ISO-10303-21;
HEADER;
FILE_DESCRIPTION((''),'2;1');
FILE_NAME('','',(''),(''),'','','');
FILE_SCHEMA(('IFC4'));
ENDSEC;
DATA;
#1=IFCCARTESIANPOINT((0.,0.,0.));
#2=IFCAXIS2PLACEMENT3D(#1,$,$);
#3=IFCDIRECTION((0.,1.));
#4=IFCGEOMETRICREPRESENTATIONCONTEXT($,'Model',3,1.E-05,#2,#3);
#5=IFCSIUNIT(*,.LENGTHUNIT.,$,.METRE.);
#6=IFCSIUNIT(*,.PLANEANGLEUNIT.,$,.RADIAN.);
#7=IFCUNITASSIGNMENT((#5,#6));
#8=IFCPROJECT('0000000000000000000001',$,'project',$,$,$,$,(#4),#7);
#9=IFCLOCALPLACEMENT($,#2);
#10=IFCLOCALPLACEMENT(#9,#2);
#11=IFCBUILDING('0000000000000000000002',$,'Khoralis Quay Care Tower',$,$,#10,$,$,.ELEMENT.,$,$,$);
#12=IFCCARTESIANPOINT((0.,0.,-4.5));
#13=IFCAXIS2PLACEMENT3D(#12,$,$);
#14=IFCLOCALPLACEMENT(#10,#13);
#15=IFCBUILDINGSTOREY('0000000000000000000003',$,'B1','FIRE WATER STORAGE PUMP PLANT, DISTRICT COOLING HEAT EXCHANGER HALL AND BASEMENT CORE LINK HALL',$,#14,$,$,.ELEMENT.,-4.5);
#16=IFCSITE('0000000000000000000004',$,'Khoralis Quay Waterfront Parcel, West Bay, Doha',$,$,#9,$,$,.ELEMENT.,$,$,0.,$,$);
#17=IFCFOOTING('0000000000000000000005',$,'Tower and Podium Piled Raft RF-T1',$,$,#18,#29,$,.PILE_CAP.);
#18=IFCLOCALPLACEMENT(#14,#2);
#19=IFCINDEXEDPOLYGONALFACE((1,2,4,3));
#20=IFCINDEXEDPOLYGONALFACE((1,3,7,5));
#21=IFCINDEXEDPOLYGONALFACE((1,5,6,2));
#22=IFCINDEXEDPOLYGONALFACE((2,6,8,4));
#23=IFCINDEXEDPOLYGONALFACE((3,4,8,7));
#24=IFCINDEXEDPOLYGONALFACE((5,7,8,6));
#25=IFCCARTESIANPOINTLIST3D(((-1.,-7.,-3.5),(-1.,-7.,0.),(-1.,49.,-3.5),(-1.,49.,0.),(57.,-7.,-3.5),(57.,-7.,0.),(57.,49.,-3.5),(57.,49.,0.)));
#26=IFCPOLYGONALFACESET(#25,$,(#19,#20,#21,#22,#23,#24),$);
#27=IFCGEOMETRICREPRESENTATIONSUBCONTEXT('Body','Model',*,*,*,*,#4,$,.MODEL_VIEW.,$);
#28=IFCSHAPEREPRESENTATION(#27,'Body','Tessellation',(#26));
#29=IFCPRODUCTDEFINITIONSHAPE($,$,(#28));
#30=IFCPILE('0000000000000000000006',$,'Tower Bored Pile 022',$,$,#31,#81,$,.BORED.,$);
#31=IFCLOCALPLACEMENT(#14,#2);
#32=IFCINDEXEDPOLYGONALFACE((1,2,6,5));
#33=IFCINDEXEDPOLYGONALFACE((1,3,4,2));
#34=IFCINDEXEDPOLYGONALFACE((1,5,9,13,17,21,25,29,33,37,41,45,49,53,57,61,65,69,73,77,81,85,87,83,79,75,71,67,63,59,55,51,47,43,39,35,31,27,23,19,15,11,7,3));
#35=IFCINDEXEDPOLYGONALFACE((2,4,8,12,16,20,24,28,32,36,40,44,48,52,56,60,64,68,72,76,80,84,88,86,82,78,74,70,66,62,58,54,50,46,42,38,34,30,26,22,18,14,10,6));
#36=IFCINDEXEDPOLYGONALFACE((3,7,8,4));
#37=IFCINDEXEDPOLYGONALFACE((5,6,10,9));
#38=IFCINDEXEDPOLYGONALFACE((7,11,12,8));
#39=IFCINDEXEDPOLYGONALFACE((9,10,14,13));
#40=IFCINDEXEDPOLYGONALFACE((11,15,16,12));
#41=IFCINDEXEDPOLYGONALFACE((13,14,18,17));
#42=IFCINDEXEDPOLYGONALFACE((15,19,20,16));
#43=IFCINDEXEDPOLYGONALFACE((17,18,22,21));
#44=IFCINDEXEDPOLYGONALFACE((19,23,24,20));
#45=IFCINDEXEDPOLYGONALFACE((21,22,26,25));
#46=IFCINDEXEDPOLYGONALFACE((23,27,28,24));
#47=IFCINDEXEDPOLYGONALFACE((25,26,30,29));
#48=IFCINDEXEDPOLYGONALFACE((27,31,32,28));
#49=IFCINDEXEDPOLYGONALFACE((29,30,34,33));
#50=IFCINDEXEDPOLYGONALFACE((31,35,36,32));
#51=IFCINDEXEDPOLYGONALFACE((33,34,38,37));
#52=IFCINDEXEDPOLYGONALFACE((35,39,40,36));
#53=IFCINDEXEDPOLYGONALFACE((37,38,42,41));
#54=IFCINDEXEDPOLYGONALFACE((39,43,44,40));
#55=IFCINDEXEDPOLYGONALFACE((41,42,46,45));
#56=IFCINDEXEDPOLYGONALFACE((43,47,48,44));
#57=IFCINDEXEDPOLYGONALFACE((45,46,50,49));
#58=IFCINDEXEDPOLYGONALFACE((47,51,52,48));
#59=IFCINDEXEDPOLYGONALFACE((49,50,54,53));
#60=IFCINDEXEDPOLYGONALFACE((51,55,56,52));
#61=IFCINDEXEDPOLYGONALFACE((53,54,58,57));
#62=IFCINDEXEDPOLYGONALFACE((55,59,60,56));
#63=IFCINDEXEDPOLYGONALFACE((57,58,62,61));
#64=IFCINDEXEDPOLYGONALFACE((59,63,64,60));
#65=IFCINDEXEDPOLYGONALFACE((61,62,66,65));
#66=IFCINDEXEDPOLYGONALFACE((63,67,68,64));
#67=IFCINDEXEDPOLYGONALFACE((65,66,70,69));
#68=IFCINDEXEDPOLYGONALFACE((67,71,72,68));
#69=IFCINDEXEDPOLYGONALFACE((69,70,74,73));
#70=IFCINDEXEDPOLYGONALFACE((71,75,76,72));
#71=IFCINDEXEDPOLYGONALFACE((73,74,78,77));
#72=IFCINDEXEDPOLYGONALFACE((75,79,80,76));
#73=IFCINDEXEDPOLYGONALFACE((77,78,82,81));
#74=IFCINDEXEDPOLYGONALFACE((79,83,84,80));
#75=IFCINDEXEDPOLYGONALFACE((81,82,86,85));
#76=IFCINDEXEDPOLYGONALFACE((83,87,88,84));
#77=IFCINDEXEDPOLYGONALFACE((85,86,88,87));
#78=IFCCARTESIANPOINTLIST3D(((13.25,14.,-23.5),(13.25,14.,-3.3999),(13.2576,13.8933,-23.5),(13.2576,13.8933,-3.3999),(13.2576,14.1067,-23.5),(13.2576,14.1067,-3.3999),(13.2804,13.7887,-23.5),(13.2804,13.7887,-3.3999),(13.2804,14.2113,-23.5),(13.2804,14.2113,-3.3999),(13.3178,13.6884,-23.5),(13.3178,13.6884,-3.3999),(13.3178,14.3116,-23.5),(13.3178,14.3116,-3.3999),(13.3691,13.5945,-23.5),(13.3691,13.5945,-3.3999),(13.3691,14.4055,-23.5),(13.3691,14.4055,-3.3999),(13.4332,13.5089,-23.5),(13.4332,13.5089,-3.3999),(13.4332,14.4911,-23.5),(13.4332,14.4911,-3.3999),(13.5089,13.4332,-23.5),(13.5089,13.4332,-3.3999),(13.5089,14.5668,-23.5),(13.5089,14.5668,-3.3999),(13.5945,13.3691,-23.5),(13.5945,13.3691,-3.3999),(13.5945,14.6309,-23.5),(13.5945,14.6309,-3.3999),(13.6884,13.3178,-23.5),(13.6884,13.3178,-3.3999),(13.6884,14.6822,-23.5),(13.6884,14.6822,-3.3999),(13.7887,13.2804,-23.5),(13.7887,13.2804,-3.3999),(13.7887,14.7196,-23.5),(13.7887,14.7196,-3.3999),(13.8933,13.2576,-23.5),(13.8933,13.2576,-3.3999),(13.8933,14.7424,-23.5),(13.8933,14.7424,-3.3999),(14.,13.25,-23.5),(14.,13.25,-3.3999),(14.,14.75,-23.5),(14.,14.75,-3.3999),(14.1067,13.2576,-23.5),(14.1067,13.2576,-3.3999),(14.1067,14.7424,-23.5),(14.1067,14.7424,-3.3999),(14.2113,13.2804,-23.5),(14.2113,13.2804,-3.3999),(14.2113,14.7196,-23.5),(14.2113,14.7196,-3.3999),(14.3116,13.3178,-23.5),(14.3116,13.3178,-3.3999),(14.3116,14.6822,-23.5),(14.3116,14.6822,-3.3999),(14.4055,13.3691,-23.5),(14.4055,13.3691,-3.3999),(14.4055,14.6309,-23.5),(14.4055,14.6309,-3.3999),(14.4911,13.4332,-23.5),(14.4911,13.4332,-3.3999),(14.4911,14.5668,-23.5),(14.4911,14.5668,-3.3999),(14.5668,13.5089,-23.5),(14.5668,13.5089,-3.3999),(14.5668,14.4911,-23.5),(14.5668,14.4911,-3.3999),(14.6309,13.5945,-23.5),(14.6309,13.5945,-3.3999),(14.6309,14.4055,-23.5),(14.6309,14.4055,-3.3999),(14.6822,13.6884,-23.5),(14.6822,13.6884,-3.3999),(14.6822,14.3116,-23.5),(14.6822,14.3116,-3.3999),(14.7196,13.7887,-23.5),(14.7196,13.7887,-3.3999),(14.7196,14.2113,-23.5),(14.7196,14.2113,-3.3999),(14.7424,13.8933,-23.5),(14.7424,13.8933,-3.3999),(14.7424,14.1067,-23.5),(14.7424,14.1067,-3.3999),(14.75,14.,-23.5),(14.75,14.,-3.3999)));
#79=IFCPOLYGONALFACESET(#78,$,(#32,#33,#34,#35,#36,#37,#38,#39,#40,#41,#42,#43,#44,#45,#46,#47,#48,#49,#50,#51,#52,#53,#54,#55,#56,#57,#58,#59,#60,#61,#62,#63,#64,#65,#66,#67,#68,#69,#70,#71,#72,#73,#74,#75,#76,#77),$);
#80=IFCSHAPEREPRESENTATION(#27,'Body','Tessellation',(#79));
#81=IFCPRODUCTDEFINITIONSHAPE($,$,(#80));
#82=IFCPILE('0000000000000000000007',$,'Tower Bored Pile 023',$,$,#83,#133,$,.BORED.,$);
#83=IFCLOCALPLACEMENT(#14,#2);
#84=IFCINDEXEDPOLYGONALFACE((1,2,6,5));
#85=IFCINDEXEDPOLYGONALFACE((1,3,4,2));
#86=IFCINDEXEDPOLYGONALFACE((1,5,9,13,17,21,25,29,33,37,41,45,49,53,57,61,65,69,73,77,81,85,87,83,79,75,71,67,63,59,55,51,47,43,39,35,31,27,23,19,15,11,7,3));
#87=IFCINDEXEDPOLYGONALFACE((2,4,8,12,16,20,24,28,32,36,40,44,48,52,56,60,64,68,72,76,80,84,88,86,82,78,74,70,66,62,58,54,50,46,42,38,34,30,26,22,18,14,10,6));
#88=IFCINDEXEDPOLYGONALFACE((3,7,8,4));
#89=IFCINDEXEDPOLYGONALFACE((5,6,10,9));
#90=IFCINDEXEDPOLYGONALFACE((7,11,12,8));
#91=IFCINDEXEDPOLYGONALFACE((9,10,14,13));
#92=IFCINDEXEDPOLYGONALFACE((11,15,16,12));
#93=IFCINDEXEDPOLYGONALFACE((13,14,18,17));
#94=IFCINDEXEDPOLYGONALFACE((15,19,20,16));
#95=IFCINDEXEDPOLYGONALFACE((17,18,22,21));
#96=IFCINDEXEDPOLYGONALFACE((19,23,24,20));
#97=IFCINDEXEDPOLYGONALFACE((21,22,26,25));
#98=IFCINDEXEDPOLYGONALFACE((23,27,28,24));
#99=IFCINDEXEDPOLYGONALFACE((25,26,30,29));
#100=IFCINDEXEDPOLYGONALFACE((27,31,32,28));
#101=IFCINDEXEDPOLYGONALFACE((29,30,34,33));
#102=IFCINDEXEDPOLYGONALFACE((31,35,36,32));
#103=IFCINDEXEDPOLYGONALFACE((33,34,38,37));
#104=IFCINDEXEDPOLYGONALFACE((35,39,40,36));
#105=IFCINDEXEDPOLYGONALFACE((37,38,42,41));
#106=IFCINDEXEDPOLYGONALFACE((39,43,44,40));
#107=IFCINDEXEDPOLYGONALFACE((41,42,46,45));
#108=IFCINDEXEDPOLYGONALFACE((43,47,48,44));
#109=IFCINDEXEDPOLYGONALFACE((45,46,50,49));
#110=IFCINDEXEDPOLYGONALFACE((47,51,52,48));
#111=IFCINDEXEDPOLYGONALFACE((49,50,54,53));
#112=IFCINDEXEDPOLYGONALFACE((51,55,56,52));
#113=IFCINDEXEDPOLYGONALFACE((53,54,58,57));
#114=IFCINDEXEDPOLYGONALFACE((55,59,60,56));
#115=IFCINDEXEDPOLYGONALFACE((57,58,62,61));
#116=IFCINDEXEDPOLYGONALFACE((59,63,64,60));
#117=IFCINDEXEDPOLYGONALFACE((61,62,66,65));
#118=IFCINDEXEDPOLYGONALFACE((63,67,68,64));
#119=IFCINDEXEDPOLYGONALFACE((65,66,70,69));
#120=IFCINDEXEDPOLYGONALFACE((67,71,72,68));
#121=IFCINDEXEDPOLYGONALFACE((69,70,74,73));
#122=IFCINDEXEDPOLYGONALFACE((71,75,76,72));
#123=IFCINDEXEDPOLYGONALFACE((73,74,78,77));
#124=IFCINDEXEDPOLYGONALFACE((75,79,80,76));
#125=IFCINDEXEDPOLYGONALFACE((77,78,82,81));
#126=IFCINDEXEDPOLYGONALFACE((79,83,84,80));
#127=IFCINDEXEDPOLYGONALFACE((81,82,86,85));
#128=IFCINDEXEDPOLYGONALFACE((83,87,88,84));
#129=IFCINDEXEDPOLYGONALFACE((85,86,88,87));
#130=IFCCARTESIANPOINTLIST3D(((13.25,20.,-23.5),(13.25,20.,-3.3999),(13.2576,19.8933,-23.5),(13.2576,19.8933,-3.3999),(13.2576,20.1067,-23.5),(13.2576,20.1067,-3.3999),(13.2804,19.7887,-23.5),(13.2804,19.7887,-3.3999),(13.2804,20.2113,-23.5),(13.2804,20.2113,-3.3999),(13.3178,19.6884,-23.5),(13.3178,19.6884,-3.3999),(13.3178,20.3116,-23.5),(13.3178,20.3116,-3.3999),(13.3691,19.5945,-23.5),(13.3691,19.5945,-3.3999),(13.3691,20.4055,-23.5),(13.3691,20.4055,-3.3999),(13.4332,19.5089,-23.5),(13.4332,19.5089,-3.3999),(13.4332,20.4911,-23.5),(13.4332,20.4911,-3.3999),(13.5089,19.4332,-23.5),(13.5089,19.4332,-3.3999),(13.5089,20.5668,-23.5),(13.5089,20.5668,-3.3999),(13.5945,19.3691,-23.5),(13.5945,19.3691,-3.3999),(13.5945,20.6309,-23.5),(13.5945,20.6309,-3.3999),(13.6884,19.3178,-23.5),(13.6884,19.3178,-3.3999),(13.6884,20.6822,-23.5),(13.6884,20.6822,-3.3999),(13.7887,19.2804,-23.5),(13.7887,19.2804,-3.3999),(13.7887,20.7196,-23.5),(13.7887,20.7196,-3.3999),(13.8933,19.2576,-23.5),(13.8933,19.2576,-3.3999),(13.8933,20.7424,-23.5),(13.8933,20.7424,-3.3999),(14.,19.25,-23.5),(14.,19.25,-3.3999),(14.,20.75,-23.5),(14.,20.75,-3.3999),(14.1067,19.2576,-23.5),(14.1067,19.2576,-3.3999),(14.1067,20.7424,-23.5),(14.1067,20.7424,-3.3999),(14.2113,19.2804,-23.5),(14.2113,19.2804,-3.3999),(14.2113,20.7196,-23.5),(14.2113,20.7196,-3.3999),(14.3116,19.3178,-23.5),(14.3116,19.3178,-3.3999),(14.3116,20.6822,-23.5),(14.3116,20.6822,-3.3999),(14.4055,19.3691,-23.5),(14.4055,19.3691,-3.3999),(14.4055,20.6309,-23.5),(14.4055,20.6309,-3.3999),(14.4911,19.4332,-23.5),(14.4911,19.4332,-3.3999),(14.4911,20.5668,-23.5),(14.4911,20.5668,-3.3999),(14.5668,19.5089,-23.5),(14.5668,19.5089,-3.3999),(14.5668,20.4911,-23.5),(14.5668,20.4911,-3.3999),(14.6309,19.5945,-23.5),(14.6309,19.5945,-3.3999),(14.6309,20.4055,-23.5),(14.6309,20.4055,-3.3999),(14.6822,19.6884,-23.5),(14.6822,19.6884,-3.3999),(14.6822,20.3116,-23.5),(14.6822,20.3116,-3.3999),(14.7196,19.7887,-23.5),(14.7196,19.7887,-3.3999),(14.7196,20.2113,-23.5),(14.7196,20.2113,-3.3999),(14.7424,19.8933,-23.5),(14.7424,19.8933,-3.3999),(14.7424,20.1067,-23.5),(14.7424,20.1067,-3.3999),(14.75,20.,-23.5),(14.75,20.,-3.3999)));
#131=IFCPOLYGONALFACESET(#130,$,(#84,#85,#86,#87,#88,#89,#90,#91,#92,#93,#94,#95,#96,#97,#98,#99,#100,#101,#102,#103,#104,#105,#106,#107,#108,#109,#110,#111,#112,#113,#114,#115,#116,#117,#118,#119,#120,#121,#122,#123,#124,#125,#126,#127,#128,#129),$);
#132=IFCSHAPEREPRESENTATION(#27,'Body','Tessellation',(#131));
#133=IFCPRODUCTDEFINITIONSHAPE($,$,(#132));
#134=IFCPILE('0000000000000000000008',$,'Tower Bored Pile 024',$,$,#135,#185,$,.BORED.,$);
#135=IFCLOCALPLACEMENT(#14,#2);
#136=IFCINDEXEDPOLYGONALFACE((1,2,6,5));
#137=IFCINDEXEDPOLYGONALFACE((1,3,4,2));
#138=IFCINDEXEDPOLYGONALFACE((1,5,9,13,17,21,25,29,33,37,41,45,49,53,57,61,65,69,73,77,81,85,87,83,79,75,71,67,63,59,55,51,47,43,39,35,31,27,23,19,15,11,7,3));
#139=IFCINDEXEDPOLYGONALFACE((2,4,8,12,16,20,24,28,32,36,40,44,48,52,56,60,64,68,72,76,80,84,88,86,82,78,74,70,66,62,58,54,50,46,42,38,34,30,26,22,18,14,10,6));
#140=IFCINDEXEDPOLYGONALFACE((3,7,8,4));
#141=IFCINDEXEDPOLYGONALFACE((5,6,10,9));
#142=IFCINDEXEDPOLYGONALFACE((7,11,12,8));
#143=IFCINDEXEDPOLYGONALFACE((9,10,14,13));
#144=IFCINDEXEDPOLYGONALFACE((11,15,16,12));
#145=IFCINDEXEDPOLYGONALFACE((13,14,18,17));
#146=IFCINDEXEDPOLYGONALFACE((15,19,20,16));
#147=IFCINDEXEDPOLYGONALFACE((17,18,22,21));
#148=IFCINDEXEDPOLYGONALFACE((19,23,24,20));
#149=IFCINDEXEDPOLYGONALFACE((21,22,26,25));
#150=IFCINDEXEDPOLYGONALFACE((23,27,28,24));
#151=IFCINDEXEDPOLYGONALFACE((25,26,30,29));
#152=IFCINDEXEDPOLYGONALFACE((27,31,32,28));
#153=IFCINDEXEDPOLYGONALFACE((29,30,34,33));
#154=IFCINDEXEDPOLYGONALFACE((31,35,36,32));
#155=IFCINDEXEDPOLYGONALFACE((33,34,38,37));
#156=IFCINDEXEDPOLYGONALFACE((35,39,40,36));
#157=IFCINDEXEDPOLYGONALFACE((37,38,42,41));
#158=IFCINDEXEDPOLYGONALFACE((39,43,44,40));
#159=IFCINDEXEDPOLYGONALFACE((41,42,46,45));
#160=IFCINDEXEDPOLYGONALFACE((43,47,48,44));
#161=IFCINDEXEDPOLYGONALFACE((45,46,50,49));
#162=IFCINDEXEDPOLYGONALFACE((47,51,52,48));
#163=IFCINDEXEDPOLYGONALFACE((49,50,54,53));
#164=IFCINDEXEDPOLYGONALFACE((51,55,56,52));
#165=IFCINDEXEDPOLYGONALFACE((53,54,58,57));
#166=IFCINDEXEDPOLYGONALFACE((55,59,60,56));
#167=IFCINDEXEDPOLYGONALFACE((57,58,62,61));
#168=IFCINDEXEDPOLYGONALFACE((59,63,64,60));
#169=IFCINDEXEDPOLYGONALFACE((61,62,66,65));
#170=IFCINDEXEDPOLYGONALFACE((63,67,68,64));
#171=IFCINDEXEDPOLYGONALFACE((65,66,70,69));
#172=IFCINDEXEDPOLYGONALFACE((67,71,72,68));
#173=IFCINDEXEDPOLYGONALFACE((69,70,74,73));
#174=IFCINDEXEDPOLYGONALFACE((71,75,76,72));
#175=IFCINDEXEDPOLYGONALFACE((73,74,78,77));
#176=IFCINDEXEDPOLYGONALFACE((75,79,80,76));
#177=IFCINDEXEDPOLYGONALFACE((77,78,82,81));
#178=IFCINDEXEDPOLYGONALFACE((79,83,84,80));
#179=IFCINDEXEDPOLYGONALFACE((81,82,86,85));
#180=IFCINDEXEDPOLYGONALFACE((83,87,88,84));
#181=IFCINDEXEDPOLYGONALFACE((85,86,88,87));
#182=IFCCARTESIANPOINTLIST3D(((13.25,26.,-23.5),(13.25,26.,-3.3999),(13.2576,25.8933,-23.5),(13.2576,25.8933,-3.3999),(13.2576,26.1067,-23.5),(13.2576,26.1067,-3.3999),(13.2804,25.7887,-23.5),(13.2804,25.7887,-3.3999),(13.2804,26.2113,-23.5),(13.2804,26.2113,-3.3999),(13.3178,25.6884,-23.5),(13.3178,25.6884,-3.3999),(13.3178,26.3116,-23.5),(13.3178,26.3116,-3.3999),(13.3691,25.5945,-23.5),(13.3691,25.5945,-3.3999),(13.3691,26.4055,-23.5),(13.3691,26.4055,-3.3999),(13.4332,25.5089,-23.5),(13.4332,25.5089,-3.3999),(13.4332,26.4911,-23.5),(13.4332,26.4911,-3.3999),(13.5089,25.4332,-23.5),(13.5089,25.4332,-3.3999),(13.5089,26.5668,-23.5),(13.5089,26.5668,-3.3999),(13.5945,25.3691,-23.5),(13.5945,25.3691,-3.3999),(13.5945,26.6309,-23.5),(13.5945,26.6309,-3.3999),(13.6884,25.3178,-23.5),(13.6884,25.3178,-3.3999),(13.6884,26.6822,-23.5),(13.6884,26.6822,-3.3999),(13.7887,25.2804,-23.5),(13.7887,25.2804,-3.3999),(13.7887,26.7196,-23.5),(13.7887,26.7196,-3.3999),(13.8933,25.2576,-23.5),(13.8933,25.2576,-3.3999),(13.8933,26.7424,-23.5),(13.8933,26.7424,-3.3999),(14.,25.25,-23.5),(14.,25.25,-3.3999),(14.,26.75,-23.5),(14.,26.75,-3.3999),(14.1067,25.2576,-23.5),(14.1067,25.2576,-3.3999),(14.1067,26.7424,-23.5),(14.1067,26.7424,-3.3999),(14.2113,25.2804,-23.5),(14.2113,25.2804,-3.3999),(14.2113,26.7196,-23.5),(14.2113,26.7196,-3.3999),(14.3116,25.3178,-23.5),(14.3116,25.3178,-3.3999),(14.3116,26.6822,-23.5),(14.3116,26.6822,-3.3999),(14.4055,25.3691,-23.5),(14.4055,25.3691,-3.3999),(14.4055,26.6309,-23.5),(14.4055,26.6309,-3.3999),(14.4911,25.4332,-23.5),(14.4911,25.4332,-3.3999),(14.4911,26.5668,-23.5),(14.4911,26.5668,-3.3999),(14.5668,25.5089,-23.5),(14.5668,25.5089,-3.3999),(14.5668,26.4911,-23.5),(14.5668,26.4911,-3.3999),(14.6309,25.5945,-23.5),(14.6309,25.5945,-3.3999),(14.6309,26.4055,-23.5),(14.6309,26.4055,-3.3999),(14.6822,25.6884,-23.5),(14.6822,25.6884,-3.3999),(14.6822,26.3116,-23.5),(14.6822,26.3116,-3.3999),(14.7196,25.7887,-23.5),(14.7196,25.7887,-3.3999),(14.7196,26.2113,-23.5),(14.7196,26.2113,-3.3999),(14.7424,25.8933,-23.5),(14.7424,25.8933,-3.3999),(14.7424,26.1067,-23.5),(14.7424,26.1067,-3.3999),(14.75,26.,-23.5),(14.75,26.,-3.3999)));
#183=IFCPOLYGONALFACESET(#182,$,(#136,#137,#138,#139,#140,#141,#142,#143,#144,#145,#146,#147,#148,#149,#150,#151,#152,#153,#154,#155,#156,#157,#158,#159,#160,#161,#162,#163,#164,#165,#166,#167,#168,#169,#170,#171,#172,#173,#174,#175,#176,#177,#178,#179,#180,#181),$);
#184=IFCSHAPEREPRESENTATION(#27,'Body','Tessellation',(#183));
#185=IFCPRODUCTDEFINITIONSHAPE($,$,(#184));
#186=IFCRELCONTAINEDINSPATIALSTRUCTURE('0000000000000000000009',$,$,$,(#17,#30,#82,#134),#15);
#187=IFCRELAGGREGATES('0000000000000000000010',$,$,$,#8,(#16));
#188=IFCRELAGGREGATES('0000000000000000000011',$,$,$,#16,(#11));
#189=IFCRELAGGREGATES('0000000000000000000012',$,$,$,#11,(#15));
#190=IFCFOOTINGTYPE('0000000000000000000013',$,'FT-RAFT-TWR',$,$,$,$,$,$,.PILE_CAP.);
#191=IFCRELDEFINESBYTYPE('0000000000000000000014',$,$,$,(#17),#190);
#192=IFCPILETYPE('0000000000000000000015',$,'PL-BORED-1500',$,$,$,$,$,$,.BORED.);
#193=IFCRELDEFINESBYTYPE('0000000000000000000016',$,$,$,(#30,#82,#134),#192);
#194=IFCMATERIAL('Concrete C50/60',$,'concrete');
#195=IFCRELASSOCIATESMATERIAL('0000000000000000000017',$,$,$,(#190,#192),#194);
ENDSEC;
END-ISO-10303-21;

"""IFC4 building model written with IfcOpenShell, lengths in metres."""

from ifc_helpers import new_model, si_unit, direction, frame, origin, origin_2d, place, context, subcontext, project, spatial, rectangle, circle, extrude, source, transform, mapped, material, material_profile, profile_set, type_object, element, save


model = new_model("IFC4")

# Units and contexts
model_context = context("Model", 3, precision=1e-05, world=origin(), true_north=direction((0.0, 1.0)))
body_context = subcontext(model_context, "Body", "Model", "MODEL_VIEW")
ifc_project = project(units=[si_unit("LENGTHUNIT", "METRE"), si_unit("PLANEANGLEUNIT", "RADIAN")], contexts=[model_context])

# Site, building, storey
site_placement = place(None, origin())
site = spatial("IfcSite", under=ifc_project, at=site_placement, Name="Khoralis Quay Waterfront Parcel, West Bay, Doha", CompositionType="ELEMENT", RefElevation=0.0)
building_placement = place(site_placement, origin())
building = spatial("IfcBuilding", under=site, at=building_placement, Name="Khoralis Quay Care Tower", CompositionType="ELEMENT")
storey_placement = place(building_placement, frame((0.0, 0.0, -4.5)))
storey = spatial("IfcBuildingStorey", under=building, at=storey_placement, Name="B1", Description="FIRE WATER STORAGE PUMP PLANT, DISTRICT COOLING HEAT EXCHANGER HALL AND BASEMENT CORE LINK HALL", CompositionType="ELEMENT", Elevation=-4.5)

# Footing
ifc_material_1 = material(Name="Concrete C50/60", Category="concrete")
footing_type = type_object("IfcFootingType", Name="FT-RAFT-TWR", PredefinedType="PILE_CAP", material=ifc_material_1)
shared_shape_1 = source(origin(), body_context, "Body", "SweptSolid", [
    extrude(rectangle(XDim=58.0, YDim=56.0, at=origin_2d()), origin(), (0.0, 0.0, 1.0), 3.5),
])
footing_placement = place(storey_placement, frame((28.0, 21.0, -3.5), z_axis=(0.0, 0.0, 1.0), x_axis=(1.0, 0.0, 0.0)))
element("IfcFooting", 1, at=footing_placement, inside=storey, type_object=footing_type, Name="Tower and Podium Piled Raft RF-T1", PredefinedType="PILE_CAP", context=body_context, shape_type="MappedRepresentation", body=[
    mapped(shared_shape_1, transform((0.0, 0.0, 0.0), scale=1.0)),
])

# Piles
ifc_material_profile_1 = material_profile(ifc_material_1, circle(Radius=0.75, at=origin_2d()), Name="Concrete C50/60")
ifc_profile_set_1 = profile_set([ifc_material_profile_1], Name="Concrete C50/60")
pile_type = type_object("IfcPileType", Name="PL-BORED-1500", PredefinedType="BORED", material=ifc_profile_set_1)
shared_shape_2 = source(origin(), body_context, "Body", "SweptSolid", [
    extrude(circle(Radius=0.75, at=origin_2d()), origin(), (0.0, 0.0, 1.0), 20.1001),
])
for number, where, z_axis, x_axis, name in (
    (2, (14.0, 14.0, -3.3999), (0.0, 0.0, -1.0), (1.0, 0.0, 0.0), "Tower Bored Pile 022"),
    (3, (14.0, 20.0, -3.3999), (0.0, 0.0, -1.0), (1.0, 0.0, 0.0), "Tower Bored Pile 023"),
    (4, (14.0, 26.0, -3.3999), (0.0, 0.0, -1.0), (1.0, 0.0, 0.0), "Tower Bored Pile 024"),
):
    element("IfcPile", number, at=place(storey_placement, frame(where, z_axis=z_axis, x_axis=x_axis)), inside=storey, type_object=pile_type, Name=name, PredefinedType="BORED", context=body_context, shape_type="MappedRepresentation", body=[
        mapped(shared_shape_2, transform((0.0, 0.0, 0.0), scale=1.0)),
    ])

save(model, "model.ifc")
